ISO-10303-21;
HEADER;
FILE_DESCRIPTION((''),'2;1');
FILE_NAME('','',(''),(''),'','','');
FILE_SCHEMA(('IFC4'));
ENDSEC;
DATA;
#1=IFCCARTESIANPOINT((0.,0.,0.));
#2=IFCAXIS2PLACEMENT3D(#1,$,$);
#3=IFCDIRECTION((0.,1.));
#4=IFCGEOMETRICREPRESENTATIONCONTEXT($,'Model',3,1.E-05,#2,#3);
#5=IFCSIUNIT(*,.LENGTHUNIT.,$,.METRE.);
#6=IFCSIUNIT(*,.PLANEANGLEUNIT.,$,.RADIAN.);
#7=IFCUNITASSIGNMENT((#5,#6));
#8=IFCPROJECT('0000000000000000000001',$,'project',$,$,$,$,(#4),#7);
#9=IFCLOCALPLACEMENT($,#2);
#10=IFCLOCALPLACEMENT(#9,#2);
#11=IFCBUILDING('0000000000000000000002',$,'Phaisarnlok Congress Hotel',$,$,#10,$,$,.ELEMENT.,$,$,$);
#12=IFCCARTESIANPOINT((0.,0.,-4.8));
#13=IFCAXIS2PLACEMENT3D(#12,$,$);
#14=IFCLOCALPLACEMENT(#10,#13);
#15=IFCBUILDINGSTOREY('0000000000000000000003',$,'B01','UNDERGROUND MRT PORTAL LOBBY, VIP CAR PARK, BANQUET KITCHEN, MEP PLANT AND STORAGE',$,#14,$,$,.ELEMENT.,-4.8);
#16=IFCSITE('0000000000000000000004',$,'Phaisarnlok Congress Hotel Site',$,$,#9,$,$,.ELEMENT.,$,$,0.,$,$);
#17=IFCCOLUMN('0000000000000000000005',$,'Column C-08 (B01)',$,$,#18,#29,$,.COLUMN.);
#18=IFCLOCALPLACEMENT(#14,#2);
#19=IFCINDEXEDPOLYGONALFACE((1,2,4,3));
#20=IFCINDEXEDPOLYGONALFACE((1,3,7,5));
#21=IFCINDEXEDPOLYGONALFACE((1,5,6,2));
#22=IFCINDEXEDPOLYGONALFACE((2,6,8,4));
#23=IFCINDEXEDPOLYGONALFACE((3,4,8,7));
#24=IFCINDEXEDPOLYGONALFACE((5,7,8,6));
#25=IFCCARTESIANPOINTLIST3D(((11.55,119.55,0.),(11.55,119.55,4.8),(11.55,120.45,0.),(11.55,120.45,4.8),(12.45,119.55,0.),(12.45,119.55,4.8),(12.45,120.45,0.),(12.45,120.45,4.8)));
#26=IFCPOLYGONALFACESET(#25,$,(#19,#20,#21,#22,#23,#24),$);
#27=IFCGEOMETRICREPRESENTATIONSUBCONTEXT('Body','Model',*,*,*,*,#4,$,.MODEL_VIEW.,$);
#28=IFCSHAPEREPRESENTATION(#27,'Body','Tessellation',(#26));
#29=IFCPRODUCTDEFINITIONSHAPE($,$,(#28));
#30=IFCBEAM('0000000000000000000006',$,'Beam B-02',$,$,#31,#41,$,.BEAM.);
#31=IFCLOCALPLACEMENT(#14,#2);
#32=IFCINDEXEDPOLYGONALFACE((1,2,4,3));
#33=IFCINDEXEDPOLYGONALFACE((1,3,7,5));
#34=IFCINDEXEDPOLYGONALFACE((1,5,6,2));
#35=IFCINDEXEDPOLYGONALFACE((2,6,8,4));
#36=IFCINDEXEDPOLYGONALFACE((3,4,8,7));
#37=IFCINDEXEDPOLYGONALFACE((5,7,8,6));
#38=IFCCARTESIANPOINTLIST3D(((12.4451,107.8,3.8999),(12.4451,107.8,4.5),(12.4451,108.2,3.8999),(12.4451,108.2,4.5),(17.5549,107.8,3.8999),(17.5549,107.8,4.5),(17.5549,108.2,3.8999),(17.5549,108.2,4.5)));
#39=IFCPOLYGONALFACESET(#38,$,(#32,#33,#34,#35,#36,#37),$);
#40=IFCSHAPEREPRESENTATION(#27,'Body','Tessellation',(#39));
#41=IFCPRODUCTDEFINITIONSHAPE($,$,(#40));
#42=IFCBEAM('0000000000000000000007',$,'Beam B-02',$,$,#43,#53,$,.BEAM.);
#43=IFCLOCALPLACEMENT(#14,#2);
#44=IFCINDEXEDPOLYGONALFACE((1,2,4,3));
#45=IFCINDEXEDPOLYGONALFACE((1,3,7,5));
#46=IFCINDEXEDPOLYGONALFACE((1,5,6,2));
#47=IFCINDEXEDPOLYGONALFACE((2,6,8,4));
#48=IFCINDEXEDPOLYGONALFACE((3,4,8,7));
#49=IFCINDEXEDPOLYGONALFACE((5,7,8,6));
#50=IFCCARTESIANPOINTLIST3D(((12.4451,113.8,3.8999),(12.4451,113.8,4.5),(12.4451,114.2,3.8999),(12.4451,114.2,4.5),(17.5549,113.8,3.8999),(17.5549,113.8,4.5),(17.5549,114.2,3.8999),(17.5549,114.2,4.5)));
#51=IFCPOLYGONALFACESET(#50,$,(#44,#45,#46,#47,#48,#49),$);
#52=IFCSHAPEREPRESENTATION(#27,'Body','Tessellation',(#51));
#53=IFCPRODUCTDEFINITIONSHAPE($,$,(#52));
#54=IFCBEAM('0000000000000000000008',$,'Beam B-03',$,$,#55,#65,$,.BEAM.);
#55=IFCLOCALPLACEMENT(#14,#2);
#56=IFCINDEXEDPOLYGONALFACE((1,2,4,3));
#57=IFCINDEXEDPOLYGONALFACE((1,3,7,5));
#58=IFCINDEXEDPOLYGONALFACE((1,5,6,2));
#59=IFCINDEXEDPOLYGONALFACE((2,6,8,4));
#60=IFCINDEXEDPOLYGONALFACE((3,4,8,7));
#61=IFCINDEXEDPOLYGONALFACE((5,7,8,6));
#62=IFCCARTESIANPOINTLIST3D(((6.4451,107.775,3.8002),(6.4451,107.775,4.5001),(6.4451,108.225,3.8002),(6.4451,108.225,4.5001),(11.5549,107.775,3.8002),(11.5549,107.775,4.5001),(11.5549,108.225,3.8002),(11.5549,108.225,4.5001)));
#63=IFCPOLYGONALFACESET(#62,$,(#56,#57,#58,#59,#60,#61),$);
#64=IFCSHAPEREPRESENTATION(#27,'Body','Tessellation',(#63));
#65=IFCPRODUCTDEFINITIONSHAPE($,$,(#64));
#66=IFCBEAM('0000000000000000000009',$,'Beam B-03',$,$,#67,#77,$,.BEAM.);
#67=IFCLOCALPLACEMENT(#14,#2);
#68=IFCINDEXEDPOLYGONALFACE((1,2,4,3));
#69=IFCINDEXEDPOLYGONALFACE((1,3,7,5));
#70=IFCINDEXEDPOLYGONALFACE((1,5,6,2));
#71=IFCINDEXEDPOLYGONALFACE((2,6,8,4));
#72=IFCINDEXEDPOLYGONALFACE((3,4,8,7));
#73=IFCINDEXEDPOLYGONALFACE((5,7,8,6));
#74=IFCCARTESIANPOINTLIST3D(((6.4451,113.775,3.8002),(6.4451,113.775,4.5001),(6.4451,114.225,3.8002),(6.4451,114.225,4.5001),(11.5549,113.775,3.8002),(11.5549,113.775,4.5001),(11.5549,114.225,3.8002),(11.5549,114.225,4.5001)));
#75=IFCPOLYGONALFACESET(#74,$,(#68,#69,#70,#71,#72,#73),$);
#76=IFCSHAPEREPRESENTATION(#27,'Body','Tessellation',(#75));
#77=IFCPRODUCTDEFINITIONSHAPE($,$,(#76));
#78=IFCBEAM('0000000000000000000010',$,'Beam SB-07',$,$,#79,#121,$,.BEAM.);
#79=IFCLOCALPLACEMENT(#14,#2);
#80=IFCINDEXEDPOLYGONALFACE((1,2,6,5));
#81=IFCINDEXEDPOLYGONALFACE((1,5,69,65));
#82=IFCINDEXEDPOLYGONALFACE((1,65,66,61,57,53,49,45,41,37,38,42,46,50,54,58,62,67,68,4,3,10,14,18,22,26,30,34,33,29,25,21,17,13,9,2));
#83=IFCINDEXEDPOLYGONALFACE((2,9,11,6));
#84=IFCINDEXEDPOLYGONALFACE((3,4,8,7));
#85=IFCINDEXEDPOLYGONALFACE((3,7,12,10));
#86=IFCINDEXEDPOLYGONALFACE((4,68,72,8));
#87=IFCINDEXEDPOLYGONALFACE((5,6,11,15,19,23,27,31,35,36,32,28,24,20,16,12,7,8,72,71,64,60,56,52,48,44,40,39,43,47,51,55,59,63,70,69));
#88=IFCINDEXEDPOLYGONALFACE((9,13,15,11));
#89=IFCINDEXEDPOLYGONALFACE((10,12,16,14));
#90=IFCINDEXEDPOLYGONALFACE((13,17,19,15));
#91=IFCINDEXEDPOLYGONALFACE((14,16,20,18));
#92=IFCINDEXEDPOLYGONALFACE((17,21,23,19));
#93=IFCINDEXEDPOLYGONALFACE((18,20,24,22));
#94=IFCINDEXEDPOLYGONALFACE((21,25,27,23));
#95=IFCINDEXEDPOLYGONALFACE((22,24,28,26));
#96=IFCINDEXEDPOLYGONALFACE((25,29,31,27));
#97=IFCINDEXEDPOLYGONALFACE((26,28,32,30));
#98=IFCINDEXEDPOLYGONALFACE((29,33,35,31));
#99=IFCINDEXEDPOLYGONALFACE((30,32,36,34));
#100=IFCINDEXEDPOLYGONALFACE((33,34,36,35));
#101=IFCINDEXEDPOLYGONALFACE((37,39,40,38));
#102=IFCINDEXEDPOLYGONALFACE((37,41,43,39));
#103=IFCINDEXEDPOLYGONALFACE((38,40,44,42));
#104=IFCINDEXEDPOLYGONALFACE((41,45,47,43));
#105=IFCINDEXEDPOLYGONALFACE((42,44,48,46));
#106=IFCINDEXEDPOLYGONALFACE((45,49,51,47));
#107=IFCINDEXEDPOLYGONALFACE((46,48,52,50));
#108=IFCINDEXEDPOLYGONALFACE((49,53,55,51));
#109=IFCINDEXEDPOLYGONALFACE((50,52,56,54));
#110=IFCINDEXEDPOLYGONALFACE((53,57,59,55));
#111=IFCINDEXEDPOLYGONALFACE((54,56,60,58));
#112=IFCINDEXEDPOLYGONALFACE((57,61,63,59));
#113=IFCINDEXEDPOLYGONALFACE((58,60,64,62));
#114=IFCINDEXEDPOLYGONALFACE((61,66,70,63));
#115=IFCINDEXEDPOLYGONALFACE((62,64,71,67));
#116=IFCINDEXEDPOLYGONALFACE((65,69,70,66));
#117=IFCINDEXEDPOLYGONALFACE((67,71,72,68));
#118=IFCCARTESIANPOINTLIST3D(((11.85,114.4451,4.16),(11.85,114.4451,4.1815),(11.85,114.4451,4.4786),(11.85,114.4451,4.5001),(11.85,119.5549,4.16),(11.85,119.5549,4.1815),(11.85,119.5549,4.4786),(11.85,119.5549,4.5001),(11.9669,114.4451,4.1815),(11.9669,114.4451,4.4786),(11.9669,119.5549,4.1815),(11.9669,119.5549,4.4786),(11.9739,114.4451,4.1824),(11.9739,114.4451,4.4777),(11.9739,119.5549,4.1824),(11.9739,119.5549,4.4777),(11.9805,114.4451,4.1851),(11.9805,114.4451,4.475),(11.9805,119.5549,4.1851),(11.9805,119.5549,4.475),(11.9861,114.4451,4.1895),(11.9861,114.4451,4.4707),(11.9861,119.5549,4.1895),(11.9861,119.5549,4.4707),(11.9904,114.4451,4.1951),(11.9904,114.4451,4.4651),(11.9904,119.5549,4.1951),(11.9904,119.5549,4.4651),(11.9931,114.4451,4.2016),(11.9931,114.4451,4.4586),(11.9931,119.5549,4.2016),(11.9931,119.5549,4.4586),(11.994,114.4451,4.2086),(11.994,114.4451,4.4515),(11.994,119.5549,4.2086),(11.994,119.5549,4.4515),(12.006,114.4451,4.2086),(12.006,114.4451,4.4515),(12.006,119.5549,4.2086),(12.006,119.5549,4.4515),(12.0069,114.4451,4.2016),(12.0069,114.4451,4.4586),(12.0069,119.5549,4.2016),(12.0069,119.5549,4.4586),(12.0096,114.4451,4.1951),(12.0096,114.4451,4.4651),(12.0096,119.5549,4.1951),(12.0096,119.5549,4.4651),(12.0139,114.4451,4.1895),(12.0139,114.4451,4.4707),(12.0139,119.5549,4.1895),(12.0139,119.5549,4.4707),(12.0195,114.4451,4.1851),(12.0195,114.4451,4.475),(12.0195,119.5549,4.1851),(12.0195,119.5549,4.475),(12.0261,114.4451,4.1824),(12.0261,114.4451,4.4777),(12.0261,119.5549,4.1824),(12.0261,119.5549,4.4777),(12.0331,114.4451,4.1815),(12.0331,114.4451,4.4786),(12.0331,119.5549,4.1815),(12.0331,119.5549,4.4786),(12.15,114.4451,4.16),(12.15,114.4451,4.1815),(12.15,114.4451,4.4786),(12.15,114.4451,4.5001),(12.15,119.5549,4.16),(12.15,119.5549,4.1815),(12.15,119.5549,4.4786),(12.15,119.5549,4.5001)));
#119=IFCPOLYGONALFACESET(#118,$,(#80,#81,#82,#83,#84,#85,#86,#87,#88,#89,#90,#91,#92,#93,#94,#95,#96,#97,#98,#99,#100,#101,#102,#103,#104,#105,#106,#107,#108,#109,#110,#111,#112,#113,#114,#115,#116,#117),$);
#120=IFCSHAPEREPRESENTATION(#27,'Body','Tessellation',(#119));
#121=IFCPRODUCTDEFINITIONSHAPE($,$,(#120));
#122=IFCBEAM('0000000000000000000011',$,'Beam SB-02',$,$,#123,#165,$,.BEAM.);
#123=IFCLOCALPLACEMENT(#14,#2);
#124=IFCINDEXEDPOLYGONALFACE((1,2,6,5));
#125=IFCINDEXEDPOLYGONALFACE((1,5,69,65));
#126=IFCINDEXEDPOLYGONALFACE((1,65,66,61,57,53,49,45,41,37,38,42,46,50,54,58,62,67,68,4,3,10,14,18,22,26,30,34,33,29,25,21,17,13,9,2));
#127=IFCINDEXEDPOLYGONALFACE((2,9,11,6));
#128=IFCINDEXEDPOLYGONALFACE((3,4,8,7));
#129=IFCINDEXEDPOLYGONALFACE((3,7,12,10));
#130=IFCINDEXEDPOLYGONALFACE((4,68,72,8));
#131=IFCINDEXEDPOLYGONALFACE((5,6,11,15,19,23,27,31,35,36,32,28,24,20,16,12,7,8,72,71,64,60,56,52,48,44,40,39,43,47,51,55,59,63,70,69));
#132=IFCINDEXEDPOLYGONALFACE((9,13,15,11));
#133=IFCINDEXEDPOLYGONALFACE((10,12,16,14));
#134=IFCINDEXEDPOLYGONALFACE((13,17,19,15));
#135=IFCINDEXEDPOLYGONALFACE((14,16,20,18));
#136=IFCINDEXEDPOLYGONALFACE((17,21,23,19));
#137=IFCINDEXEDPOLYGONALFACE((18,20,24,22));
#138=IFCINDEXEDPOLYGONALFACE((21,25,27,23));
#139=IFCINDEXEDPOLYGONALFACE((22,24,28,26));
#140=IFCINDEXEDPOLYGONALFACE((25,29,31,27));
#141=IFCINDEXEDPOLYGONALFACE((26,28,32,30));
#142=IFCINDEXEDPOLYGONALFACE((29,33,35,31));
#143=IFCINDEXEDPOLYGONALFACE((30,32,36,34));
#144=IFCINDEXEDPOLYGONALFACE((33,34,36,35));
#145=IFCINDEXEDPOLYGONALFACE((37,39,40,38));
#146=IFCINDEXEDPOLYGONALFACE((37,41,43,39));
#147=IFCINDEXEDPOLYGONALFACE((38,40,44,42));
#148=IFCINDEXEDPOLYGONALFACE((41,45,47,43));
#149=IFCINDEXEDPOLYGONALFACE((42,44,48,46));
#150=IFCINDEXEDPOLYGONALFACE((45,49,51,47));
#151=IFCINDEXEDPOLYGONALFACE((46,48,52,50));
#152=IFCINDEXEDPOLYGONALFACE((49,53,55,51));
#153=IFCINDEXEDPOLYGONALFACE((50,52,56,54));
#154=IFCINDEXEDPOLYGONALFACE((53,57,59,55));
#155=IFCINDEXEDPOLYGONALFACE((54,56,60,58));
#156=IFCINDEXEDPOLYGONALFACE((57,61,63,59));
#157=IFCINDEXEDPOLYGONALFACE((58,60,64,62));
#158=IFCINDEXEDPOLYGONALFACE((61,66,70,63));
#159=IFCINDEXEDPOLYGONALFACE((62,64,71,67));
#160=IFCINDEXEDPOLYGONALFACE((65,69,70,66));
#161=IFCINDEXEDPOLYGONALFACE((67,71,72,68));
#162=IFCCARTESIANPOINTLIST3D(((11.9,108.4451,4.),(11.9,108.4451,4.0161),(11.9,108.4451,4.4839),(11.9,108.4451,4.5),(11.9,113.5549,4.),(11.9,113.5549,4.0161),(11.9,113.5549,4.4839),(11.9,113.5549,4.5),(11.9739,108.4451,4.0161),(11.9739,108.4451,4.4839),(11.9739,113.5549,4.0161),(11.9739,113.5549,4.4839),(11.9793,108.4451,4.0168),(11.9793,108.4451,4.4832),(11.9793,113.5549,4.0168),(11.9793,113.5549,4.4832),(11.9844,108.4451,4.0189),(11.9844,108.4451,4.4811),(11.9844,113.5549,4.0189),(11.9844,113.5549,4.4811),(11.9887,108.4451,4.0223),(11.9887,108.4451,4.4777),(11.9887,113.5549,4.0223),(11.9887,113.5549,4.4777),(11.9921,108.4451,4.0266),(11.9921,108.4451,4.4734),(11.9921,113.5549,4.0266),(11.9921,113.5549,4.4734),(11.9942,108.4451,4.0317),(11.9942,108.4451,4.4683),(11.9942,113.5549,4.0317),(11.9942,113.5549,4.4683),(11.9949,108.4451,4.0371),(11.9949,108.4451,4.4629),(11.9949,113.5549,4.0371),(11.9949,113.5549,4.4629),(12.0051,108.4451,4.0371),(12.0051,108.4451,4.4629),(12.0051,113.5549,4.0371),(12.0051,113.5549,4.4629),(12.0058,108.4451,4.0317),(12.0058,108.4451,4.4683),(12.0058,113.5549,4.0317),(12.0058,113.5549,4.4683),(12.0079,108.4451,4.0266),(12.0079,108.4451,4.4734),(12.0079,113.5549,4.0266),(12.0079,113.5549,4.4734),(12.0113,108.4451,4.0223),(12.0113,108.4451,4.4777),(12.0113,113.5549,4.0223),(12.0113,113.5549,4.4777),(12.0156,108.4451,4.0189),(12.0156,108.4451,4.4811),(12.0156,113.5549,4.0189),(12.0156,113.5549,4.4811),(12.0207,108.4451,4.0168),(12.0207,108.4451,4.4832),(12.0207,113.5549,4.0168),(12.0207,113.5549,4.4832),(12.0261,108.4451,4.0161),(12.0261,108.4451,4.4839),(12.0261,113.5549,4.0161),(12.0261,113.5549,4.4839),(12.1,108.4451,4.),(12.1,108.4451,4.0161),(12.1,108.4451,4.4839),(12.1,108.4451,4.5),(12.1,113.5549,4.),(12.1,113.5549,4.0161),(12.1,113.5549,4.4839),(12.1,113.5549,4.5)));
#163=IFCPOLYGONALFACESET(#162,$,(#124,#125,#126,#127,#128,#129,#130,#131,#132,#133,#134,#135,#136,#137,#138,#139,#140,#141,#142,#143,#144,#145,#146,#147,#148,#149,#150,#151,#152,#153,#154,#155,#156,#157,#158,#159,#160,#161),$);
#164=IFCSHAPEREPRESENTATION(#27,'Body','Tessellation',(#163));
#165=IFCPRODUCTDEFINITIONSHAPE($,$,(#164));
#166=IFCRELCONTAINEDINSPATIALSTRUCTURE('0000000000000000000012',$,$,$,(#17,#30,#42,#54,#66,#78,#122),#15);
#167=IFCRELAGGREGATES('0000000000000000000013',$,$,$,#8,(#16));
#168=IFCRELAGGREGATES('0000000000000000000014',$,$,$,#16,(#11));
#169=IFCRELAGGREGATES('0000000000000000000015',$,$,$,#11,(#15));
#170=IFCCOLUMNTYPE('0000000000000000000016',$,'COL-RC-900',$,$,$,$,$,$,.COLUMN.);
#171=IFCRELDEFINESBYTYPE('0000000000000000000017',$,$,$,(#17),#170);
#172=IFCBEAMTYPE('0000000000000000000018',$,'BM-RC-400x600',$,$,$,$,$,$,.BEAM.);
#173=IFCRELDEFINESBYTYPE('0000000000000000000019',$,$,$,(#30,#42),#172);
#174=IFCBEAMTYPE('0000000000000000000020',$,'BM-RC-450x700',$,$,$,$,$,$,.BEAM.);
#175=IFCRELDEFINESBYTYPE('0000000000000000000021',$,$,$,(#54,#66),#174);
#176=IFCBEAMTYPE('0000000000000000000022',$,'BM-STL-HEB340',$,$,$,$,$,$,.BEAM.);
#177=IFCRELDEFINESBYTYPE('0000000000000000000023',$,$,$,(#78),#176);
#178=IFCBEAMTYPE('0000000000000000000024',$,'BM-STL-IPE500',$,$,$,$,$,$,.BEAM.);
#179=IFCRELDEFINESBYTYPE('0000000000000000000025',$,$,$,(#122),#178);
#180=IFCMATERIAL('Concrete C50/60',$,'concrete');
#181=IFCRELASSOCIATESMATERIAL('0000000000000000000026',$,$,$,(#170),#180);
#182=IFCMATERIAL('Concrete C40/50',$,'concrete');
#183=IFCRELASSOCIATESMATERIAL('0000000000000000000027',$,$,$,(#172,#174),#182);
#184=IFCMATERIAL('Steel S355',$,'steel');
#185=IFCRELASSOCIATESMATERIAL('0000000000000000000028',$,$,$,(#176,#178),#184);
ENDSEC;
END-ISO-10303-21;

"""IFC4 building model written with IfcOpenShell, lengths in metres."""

from ifc_helpers import new_model, si_unit, direction, frame, origin, origin_2d, place, context, subcontext, project, spatial, rectangle, i_section, extrude, material, material_profile, profile_set, type_object, element, save


model = new_model("IFC4")

# Units and contexts
model_context = context("Model", 3, precision=1e-05, world=origin(), true_north=direction((0.0, 1.0)))
body_context = subcontext(model_context, "Body", "Model", "MODEL_VIEW")
ifc_project = project(units=[si_unit("LENGTHUNIT", "METRE"), si_unit("PLANEANGLEUNIT", "RADIAN")], contexts=[model_context])

# Site, building, storey
site_placement = place(None, origin())
site = spatial("IfcSite", under=ifc_project, at=site_placement, Name="Phaisarnlok Congress Hotel Site", CompositionType="ELEMENT", RefElevation=0.0)
building_placement = place(site_placement, origin())
building = spatial("IfcBuilding", under=site, at=building_placement, Name="Phaisarnlok Congress Hotel", CompositionType="ELEMENT")
storey_placement = place(building_placement, frame((0.0, 0.0, -4.8)))
storey = spatial("IfcBuildingStorey", under=building, at=storey_placement, Name="B01", Description="UNDERGROUND MRT PORTAL LOBBY, VIP CAR PARK, BANQUET KITCHEN, MEP PLANT AND STORAGE", CompositionType="ELEMENT", Elevation=-4.8)

# Shared definitions
ifc_material_1 = material(Name="Concrete C40/50", Category="concrete")

# Column
ifc_material_2 = material(Name="Concrete C50/60", Category="concrete")
ifc_material_profile_1 = material_profile(ifc_material_2, rectangle(XDim=0.8999, YDim=0.8999, at=origin_2d()), Name="RC 900x900")
ifc_profile_set_1 = profile_set([ifc_material_profile_1], Name="Concrete C50/60")
column_type = type_object("IfcColumnType", Name="COL-RC-900", PredefinedType="COLUMN", material=ifc_profile_set_1)
for number, where, z_axis, x_axis, name in (
    (1, (12.0, 120.0, 0.0), (0.0, 0.0, 1.0), (1.0, 0.0, 0.0), "Column C-08 (B01)"),
):
    element("IfcColumn", number, at=place(storey_placement, frame(where, z_axis=z_axis, x_axis=x_axis)), inside=storey, type_object=column_type, Name=name, PredefinedType="COLUMN", context=body_context, shape_type="SweptSolid", body=[
        extrude(rectangle(XDim=0.8999, YDim=0.8999, at=origin_2d()), origin(), (0.0, 0.0, 1.0), 4.8),
    ])

# Beams
ifc_material_profile_2 = material_profile(ifc_material_1, rectangle(XDim=0.3999, YDim=0.6001, at=origin_2d()), Name="RC 400x600")
ifc_profile_set_2 = profile_set([ifc_material_profile_2], Name="Concrete C40/50")
beam_type_1 = type_object("IfcBeamType", Name="BM-RC-400x600", PredefinedType="BEAM", material=ifc_profile_set_2)
for number, where, z_axis, x_axis, name in (
    (2, (12.4451, 108.0, 4.2), (1.0, 0.0, 0.0), (0.0, 1.0, 0.0), "Beam B-02"),
    (3, (12.4451, 114.0, 4.2), (1.0, 0.0, 0.0), (0.0, 1.0, 0.0), "Beam B-02"),
):
    element("IfcBeam", number, at=place(storey_placement, frame(where, z_axis=z_axis, x_axis=x_axis)), inside=storey, type_object=beam_type_1, Name=name, PredefinedType="BEAM", context=body_context, shape_type="SweptSolid", body=[
        extrude(rectangle(XDim=0.3999, YDim=0.6001, at=origin_2d()), origin(), (0.0, 0.0, 1.0), 5.1099),
    ])
ifc_material_profile_3 = material_profile(ifc_material_1, rectangle(XDim=0.45, YDim=0.7, at=origin_2d()), Name="RC 450x700")
ifc_profile_set_3 = profile_set([ifc_material_profile_3], Name="Concrete C40/50")
beam_type_2 = type_object("IfcBeamType", Name="BM-RC-450x700", PredefinedType="BEAM", material=ifc_profile_set_3)
for number, where, z_axis, x_axis, name in (
    (4, (6.4451, 108.0, 4.1501), (1.0, 0.0, 0.0), (0.0, 1.0, 0.0), "Beam B-03"),
    (5, (6.4451, 114.0, 4.1501), (1.0, 0.0, 0.0), (0.0, 1.0, 0.0), "Beam B-03"),
):
    element("IfcBeam", number, at=place(storey_placement, frame(where, z_axis=z_axis, x_axis=x_axis)), inside=storey, type_object=beam_type_2, Name=name, PredefinedType="BEAM", context=body_context, shape_type="SweptSolid", body=[
        extrude(rectangle(XDim=0.45, YDim=0.7, at=origin_2d()), origin(), (0.0, 0.0, 1.0), 5.1099),
    ])
ifc_material_3 = material(Name="Steel S355", Category="steel")
ifc_material_profile_4 = material_profile(ifc_material_3, i_section(OverallWidth=0.3, OverallDepth=0.3401, WebThickness=0.012, FlangeThickness=0.0215, FilletRadius=0.0271, at=origin_2d()), Name="HEB 340")
ifc_profile_set_4 = profile_set([ifc_material_profile_4], Name="Steel S355")
beam_type_3 = type_object("IfcBeamType", Name="BM-STL-HEB340", PredefinedType="BEAM", material=ifc_profile_set_4)
beam_1_placement = place(storey_placement, frame((12.0, 114.4451, 4.3301), z_axis=(0.0, 1.0, 0.0), x_axis=(-1.0, 0.0, 0.0)))
element("IfcBeam", 6, at=beam_1_placement, inside=storey, type_object=beam_type_3, Name="Beam SB-07", PredefinedType="BEAM", context=body_context, shape_type="SweptSolid", body=[
    extrude(i_section(OverallWidth=0.3, OverallDepth=0.3401, WebThickness=0.012, FlangeThickness=0.0215, FilletRadius=0.0271, at=origin_2d()), origin(), (0.0, 0.0, 1.0), 5.1099),
])
ifc_material_profile_5 = material_profile(ifc_material_3, i_section(OverallWidth=0.2, OverallDepth=0.5, WebThickness=0.0103, FlangeThickness=0.0161, FilletRadius=0.021, at=origin_2d()), Name="IPE 500")
ifc_profile_set_5 = profile_set([ifc_material_profile_5], Name="Steel S355")
beam_type_4 = type_object("IfcBeamType", Name="BM-STL-IPE500", PredefinedType="BEAM", material=ifc_profile_set_5)
beam_2_placement = place(storey_placement, frame((12.0, 108.4451, 4.25), z_axis=(0.0, 1.0, 0.0), x_axis=(-1.0, 0.0, 0.0)))
element("IfcBeam", 7, at=beam_2_placement, inside=storey, type_object=beam_type_4, Name="Beam SB-02", PredefinedType="BEAM", context=body_context, shape_type="SweptSolid", body=[
    extrude(i_section(OverallWidth=0.2, OverallDepth=0.5, WebThickness=0.0103, FlangeThickness=0.0161, FilletRadius=0.021, at=origin_2d()), origin(), (0.0, 0.0, 1.0), 5.1099),
])

save(model, "model.ifc")
